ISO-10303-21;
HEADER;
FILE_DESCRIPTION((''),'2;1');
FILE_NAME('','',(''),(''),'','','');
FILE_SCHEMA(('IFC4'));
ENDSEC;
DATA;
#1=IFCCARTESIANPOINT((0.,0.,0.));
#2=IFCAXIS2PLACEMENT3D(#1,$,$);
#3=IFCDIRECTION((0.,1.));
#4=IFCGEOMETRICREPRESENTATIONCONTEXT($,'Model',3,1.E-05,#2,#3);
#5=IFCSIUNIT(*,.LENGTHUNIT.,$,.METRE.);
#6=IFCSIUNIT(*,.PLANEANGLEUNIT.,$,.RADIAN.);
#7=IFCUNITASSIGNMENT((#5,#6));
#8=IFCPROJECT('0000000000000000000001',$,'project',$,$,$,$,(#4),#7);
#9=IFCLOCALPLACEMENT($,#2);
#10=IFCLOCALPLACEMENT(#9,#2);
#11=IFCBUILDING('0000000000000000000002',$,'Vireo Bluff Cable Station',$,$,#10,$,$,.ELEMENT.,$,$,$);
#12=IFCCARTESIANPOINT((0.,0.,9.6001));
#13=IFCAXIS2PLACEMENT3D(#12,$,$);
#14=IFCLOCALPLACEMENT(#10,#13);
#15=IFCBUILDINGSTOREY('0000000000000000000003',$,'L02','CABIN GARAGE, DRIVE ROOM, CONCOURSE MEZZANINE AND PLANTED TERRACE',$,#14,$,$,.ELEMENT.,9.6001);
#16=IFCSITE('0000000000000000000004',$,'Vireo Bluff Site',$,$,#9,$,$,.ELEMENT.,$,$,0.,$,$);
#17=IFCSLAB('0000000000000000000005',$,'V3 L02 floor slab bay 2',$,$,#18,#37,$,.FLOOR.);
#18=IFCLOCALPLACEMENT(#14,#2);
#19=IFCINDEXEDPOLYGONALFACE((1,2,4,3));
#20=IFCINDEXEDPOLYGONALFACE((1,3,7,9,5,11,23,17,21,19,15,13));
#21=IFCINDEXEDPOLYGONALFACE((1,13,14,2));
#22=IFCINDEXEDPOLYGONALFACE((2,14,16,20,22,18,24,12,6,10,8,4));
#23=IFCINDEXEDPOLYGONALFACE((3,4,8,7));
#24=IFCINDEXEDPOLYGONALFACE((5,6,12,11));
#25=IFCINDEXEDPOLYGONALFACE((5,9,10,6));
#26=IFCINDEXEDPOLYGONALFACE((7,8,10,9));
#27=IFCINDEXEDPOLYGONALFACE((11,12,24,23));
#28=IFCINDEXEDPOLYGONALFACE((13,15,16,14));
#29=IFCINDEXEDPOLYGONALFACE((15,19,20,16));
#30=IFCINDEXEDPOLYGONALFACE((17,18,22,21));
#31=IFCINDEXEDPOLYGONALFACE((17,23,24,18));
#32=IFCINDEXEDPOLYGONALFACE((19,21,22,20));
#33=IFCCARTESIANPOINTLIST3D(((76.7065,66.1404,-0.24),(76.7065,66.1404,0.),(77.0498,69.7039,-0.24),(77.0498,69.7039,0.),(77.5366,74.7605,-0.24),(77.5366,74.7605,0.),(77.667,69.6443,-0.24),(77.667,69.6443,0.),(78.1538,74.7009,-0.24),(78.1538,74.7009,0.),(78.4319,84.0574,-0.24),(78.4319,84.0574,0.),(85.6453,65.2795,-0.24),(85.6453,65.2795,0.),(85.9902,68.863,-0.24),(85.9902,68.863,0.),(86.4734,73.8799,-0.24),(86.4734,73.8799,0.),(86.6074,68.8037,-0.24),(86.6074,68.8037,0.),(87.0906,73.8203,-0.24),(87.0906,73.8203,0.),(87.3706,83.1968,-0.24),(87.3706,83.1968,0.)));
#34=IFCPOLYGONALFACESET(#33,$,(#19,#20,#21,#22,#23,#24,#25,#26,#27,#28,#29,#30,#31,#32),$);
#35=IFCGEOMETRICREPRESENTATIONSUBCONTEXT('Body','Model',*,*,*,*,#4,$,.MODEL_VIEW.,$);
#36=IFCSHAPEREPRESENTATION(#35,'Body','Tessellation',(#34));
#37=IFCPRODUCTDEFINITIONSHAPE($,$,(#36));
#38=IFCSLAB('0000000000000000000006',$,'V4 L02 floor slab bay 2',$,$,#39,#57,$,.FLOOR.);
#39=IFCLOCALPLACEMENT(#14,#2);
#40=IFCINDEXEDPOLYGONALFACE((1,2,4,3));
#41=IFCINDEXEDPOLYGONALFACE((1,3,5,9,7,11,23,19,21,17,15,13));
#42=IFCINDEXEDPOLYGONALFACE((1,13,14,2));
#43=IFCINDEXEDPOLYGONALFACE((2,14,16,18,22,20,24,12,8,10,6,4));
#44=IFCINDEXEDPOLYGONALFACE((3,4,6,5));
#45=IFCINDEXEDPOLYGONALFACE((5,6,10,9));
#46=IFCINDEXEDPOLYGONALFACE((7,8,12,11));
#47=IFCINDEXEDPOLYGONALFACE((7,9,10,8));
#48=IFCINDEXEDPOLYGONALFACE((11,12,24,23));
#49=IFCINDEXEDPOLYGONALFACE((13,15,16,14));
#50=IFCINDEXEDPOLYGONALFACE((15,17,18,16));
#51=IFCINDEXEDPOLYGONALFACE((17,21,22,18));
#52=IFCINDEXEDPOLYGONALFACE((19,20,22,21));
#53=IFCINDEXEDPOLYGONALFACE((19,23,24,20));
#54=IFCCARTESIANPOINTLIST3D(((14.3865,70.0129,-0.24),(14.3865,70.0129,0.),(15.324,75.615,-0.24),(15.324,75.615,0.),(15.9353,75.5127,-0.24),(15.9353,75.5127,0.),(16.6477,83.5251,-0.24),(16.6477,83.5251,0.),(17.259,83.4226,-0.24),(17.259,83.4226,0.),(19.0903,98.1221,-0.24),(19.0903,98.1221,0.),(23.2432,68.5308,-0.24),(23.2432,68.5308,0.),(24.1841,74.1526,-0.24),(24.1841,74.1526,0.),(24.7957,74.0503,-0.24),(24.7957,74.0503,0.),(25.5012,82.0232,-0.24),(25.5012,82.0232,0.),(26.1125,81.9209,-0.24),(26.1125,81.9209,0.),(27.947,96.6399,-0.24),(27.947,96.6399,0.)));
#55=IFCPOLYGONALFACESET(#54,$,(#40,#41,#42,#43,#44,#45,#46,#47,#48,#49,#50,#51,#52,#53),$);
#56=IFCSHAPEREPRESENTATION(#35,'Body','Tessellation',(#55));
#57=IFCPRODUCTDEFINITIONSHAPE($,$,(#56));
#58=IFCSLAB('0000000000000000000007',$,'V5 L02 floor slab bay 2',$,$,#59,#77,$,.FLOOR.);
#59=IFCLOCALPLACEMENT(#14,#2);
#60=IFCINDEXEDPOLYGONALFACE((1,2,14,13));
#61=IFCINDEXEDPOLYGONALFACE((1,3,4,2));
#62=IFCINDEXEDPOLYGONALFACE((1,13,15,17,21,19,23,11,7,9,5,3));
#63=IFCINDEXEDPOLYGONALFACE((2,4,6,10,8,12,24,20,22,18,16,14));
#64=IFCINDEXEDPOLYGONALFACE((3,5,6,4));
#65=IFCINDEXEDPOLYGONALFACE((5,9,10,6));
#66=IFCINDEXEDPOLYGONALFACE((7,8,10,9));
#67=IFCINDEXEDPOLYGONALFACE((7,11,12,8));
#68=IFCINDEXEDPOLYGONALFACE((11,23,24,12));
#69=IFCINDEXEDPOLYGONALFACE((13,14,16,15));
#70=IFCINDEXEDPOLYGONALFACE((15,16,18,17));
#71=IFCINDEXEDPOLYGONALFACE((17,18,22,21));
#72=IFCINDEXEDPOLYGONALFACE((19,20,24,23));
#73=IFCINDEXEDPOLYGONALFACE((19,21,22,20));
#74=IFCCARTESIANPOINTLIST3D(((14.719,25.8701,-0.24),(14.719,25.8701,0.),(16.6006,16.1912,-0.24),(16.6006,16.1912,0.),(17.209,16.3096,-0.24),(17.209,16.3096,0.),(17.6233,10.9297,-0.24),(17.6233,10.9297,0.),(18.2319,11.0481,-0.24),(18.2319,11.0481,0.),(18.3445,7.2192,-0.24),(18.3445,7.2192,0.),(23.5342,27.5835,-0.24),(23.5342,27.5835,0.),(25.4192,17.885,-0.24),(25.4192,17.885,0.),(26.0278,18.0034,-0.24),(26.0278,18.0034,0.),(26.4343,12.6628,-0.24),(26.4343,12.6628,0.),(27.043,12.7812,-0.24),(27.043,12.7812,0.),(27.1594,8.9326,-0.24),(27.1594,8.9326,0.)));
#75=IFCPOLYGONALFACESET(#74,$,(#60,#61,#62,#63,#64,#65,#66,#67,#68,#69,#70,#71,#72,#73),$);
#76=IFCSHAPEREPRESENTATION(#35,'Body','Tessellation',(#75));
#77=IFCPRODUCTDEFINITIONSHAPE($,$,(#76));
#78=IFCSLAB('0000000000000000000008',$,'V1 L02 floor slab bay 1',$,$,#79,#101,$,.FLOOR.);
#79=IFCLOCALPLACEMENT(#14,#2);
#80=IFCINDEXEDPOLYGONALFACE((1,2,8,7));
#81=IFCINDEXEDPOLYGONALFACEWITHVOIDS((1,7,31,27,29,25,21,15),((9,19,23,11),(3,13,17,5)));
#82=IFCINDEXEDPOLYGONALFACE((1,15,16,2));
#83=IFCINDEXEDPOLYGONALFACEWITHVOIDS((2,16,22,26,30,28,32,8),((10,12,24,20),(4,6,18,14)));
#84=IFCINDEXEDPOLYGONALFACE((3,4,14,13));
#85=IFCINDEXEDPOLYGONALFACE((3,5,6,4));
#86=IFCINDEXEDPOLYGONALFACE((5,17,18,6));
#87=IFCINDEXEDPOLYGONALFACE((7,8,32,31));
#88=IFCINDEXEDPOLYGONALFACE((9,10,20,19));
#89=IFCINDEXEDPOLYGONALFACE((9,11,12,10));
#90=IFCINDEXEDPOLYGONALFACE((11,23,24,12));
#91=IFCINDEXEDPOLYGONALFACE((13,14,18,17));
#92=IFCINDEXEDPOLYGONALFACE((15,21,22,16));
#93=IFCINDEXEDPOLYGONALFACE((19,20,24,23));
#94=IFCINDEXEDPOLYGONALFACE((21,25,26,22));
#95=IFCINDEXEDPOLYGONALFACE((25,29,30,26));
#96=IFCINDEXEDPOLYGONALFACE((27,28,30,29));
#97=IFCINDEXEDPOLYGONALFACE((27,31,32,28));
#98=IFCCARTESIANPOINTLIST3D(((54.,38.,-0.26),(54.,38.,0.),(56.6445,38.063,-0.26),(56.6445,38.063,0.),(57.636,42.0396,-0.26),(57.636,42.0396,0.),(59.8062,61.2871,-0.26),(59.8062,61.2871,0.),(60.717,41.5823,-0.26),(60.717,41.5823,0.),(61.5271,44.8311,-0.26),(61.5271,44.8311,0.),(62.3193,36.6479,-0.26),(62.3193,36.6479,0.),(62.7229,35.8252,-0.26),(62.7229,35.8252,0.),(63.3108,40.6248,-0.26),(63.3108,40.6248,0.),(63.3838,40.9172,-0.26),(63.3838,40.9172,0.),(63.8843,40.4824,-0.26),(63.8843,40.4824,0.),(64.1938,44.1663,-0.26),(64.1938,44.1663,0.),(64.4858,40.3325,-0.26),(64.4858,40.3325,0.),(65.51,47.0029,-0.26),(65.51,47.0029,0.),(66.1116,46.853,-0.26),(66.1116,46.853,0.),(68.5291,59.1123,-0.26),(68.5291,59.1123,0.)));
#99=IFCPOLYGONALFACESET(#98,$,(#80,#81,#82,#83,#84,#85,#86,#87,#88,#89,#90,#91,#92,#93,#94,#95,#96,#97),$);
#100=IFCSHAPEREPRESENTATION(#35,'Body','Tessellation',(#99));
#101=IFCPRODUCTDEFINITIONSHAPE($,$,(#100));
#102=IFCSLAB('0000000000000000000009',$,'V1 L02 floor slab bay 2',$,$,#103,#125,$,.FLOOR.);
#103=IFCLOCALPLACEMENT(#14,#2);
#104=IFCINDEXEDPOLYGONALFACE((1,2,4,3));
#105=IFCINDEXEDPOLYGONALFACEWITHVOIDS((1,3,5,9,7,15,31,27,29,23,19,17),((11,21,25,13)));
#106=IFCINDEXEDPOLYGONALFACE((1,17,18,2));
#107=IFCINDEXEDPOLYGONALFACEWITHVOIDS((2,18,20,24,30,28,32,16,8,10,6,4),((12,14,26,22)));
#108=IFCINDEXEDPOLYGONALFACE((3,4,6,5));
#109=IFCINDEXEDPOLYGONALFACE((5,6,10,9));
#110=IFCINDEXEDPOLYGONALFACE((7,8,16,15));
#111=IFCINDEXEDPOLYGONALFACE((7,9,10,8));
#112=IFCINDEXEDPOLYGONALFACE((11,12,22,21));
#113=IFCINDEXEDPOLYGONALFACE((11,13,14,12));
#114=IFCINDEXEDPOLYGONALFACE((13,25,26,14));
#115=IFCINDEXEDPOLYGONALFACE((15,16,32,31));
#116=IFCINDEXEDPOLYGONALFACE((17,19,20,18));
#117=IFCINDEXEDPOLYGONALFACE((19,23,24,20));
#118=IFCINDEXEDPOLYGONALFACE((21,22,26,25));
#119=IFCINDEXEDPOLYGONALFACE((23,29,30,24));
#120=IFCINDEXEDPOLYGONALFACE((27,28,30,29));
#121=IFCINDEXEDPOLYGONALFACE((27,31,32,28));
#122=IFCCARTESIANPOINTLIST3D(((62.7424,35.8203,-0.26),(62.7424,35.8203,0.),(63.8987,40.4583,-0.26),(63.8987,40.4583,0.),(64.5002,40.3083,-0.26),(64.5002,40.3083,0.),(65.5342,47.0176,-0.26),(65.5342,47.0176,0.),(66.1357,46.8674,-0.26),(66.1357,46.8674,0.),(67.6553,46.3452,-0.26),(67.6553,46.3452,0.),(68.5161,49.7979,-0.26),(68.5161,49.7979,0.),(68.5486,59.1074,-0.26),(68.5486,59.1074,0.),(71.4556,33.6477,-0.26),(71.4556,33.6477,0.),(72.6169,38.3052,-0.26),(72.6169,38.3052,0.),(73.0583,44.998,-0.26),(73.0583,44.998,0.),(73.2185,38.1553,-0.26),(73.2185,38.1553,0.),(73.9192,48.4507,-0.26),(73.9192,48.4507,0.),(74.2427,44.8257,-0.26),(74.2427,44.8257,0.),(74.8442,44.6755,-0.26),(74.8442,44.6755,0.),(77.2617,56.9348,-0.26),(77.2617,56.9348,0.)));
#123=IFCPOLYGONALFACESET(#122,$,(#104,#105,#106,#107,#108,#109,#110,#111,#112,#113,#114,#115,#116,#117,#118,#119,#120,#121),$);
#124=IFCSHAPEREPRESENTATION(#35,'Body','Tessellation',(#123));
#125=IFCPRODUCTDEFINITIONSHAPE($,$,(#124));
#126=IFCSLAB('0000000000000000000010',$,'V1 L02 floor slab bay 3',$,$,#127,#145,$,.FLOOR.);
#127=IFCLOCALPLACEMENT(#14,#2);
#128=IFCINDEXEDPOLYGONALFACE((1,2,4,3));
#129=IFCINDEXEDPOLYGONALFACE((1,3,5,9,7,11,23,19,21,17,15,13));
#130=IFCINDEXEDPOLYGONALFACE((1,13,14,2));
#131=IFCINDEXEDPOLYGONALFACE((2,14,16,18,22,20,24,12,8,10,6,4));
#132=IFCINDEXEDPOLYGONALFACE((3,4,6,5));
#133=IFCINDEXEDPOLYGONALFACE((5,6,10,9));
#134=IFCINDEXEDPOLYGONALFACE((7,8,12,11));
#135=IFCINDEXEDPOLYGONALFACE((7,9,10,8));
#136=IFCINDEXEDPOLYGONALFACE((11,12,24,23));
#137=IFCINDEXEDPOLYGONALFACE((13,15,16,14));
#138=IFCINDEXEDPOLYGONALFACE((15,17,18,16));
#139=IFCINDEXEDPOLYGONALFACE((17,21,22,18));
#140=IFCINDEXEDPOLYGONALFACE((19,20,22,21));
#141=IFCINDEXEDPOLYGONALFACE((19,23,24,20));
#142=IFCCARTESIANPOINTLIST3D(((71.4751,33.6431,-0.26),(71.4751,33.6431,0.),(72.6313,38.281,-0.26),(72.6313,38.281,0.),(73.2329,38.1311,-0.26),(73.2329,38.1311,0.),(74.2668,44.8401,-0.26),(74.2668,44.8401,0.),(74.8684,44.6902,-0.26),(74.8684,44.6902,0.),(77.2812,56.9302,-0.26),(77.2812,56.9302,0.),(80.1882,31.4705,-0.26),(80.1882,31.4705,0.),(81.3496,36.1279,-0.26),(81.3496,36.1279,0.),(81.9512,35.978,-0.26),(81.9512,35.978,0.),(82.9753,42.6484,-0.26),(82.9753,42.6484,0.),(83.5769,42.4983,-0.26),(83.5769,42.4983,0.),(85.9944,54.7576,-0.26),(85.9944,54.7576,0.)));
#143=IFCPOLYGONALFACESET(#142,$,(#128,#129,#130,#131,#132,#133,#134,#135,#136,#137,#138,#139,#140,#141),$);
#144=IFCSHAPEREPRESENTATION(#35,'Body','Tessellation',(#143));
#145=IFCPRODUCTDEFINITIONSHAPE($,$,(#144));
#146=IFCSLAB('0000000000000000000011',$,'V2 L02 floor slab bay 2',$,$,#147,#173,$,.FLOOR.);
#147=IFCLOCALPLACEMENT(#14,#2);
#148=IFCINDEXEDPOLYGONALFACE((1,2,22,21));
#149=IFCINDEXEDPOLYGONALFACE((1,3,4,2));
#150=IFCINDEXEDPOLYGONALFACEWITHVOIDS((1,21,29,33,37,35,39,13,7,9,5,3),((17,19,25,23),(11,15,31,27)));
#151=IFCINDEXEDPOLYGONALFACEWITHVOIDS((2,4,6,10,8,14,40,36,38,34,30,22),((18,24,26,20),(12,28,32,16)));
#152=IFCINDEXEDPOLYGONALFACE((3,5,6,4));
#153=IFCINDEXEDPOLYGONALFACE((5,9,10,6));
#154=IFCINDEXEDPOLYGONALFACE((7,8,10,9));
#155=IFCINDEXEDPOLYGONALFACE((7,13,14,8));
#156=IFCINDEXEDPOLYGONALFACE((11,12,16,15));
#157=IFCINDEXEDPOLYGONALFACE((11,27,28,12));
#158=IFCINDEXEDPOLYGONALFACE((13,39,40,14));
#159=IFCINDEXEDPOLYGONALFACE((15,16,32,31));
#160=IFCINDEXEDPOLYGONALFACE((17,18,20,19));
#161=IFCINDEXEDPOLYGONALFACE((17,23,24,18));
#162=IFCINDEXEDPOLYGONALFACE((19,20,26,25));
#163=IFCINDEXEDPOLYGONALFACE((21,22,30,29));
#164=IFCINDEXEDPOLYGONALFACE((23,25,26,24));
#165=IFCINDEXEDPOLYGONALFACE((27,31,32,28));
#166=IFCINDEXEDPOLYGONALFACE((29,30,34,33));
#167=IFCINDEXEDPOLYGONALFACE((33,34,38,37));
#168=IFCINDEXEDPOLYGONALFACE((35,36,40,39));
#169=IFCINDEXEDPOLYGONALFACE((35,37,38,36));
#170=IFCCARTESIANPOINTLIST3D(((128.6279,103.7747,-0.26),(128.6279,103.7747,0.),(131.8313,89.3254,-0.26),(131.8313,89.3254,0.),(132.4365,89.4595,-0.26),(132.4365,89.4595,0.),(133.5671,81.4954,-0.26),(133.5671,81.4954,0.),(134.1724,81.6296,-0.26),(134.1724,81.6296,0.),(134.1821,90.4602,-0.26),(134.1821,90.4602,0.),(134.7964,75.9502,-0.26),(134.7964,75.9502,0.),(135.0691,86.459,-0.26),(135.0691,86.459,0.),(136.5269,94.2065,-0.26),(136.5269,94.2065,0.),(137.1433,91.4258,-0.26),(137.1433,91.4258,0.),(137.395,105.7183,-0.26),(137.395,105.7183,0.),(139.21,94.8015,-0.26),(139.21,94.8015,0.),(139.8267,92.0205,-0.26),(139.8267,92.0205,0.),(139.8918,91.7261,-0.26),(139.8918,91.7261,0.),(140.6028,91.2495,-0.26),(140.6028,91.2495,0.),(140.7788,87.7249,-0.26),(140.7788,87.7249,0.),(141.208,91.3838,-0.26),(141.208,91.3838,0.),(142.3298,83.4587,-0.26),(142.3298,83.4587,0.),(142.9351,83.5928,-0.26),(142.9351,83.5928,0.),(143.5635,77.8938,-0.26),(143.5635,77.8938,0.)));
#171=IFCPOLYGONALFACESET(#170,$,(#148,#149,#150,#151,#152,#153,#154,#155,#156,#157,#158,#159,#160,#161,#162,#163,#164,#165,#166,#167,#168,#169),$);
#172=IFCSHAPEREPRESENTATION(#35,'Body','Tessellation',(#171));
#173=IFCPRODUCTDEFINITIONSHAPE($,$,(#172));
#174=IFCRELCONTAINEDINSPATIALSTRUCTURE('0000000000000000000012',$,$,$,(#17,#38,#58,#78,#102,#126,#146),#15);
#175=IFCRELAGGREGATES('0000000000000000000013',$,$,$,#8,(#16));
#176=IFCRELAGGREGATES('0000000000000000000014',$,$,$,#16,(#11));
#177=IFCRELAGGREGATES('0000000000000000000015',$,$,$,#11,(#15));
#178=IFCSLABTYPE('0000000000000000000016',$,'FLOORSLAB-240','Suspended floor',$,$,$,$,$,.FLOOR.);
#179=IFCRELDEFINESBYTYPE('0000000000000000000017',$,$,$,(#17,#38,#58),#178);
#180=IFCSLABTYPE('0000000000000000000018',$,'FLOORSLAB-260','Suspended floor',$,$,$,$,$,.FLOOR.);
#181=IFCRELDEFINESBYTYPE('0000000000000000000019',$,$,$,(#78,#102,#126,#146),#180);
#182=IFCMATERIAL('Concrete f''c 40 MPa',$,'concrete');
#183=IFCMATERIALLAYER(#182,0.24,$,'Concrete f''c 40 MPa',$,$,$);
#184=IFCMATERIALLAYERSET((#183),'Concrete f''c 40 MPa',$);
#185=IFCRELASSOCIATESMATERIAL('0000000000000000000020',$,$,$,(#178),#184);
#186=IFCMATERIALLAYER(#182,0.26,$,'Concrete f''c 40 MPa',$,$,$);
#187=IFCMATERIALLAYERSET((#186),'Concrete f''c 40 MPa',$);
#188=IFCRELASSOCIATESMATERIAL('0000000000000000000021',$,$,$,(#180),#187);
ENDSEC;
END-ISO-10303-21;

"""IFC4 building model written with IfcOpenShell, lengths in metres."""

from ifc_helpers import new_model, si_unit, direction, frame, origin, place, context, subcontext, project, spatial, polyline, outline, extrude, material, layer, layer_set, type_object, element, save


model = new_model("IFC4")

# Units and contexts
model_context = context("Model", 3, precision=1e-05, world=origin(), true_north=direction((0.0, 1.0)))
body_context = subcontext(model_context, "Body", "Model", "MODEL_VIEW")
ifc_project = project(units=[si_unit("LENGTHUNIT", "METRE"), si_unit("PLANEANGLEUNIT", "RADIAN")], contexts=[model_context])

# Site, building, storey
site_placement = place(None, origin())
site = spatial("IfcSite", under=ifc_project, at=site_placement, Name="Vireo Bluff Site", CompositionType="ELEMENT", RefElevation=0.0)
building_placement = place(site_placement, origin())
building = spatial("IfcBuilding", under=site, at=building_placement, Name="Vireo Bluff Cable Station", CompositionType="ELEMENT")
storey_placement = place(building_placement, frame((0.0, 0.0, 9.6001)))
storey = spatial("IfcBuildingStorey", under=building, at=storey_placement, Name="L02", Description="CABIN GARAGE, DRIVE ROOM, CONCOURSE MEZZANINE AND PLANTED TERRACE", CompositionType="ELEMENT", Elevation=9.6001)

# Slabs
ifc_material_1 = material(Name="Concrete f'c 40 MPa", Category="concrete")
ifc_layer_1 = layer(ifc_material_1, 0.24, Name="Concrete f'c 40 MPa")
ifc_layer_set_1 = layer_set([ifc_layer_1], Name="Concrete f'c 40 MPa")
slab_type_1 = type_object("IfcSlabType", Name="FLOORSLAB-240", Description="Suspended floor", PredefinedType="FLOOR", material=ifc_layer_set_1)
slab_1_placement = place(storey_placement, frame((0.0, 0.0, -0.24)))
element("IfcSlab", 1, at=slab_1_placement, inside=storey, type_object=slab_type_1, Name="V3 L02 floor slab bay 2", PredefinedType="FLOOR", context=body_context, shape_type="SweptSolid", body=[
    extrude(outline(polyline([(76.7065, 66.1404), (85.6453, 65.2795), (85.9902, 68.863), (86.6074, 68.8037), (87.0906, 73.8203), (86.4734, 73.8799), (87.3706, 83.1968), (78.4319, 84.0574), (77.5366, 74.7605), (78.1538, 74.7009), (77.667, 69.6443), (77.0498, 69.7039), (76.7065, 66.1404)])), origin(), (0.0, 0.0, 1.0), 0.24),
])
slab_2_placement = place(storey_placement, frame((0.0, 0.0, -0.24)))
element("IfcSlab", 2, at=slab_2_placement, inside=storey, type_object=slab_type_1, Name="V4 L02 floor slab bay 2", PredefinedType="FLOOR", context=body_context, shape_type="SweptSolid", body=[
    extrude(outline(polyline([(14.3865, 70.0129), (23.2432, 68.5308), (24.1841, 74.1526), (24.7957, 74.0503), (26.1125, 81.9209), (25.5012, 82.0232), (27.947, 96.6399), (19.0903, 98.1221), (16.6477, 83.5251), (17.259, 83.4226), (15.9353, 75.5127), (15.324, 75.615), (14.3865, 70.0129)])), origin(), (0.0, 0.0, 1.0), 0.24),
])
slab_3_placement = place(storey_placement, frame((0.0, 0.0, -0.24)))
element("IfcSlab", 3, at=slab_3_placement, inside=storey, type_object=slab_type_1, Name="V5 L02 floor slab bay 2", PredefinedType="FLOOR", context=body_context, shape_type="SweptSolid", body=[
    extrude(outline(polyline([(18.3445, 7.2192), (27.1594, 8.9326), (26.4343, 12.6628), (27.043, 12.7812), (26.0278, 18.0034), (25.4192, 17.885), (23.5342, 27.5835), (14.719, 25.8701), (16.6006, 16.1912), (17.209, 16.3096), (18.2319, 11.0481), (17.6233, 10.9297), (18.3445, 7.2192)])), origin(), (0.0, 0.0, 1.0), 0.24),
])
ifc_layer_2 = layer(ifc_material_1, 0.26, Name="Concrete f'c 40 MPa")
ifc_layer_set_2 = layer_set([ifc_layer_2], Name="Concrete f'c 40 MPa")
slab_type_2 = type_object("IfcSlabType", Name="FLOORSLAB-260", Description="Suspended floor", PredefinedType="FLOOR", material=ifc_layer_set_2)
slab_4_placement = place(storey_placement, frame((0.0, 0.0, -0.26)))
element("IfcSlab", 4, at=slab_4_placement, inside=storey, type_object=slab_type_2, Name="V1 L02 floor slab bay 1", PredefinedType="FLOOR", context=body_context, shape_type="SweptSolid", body=[
    extrude(outline(polyline([(54.0, 38.0), (62.7229, 35.8252), (63.8843, 40.4824), (64.4858, 40.3325), (66.1116, 46.853), (65.51, 47.0029), (68.5291, 59.1123), (59.8062, 61.2871), (54.0, 38.0)]), holes=[polyline([(56.6445, 38.063), (57.636, 42.0396), (63.3108, 40.6248), (62.3193, 36.6479), (56.6445, 38.063)]), polyline([(60.717, 41.5823), (61.5271, 44.8311), (64.1938, 44.1663), (63.3838, 40.9172), (60.717, 41.5823)])]), origin(), (0.0, 0.0, 1.0), 0.26),
])
slab_5_placement = place(storey_placement, frame((0.0, 0.0, -0.26)))
element("IfcSlab", 5, at=slab_5_placement, inside=storey, type_object=slab_type_2, Name="V1 L02 floor slab bay 2", PredefinedType="FLOOR", context=body_context, shape_type="SweptSolid", body=[
    extrude(outline(polyline([(62.7424, 35.8203), (71.4556, 33.6477), (72.6169, 38.3052), (73.2185, 38.1553), (74.8442, 44.6755), (74.2427, 44.8257), (77.2617, 56.9348), (68.5486, 59.1074), (65.5342, 47.0176), (66.1357, 46.8674), (64.5002, 40.3083), (63.8987, 40.4583), (62.7424, 35.8203)]), holes=[polyline([(67.6553, 46.3452), (68.5161, 49.7979), (73.9192, 48.4507), (73.0583, 44.998), (67.6553, 46.3452)])]), origin(), (0.0, 0.0, 1.0), 0.26),
])
slab_6_placement = place(storey_placement, frame((0.0, 0.0, -0.26)))
element("IfcSlab", 6, at=slab_6_placement, inside=storey, type_object=slab_type_2, Name="V1 L02 floor slab bay 3", PredefinedType="FLOOR", context=body_context, shape_type="SweptSolid", body=[
    extrude(outline(polyline([(71.4751, 33.6431), (80.1882, 31.4705), (81.3496, 36.1279), (81.9512, 35.978), (83.5769, 42.4983), (82.9753, 42.6484), (85.9944, 54.7576), (77.2812, 56.9302), (74.2668, 44.8401), (74.8684, 44.6902), (73.2329, 38.1311), (72.6313, 38.281), (71.4751, 33.6431)])), origin(), (0.0, 0.0, 1.0), 0.26),
])
slab_7_placement = place(storey_placement, frame((0.0, 0.0, -0.26)))
element("IfcSlab", 7, at=slab_7_placement, inside=storey, type_object=slab_type_2, Name="V2 L02 floor slab bay 2", PredefinedType="FLOOR", context=body_context, shape_type="SweptSolid", body=[
    extrude(outline(polyline([(134.7964, 75.9502), (143.5635, 77.8938), (142.3298, 83.4587), (142.9351, 83.5928), (141.208, 91.3838), (140.6028, 91.2495), (137.395, 105.7183), (128.6279, 103.7747), (131.8313, 89.3254), (132.4365, 89.4595), (134.1724, 81.6296), (133.5671, 81.4954), (134.7964, 75.9502)]), holes=[polyline([(135.0691, 86.459), (134.1821, 90.4602), (139.8918, 91.7261), (140.7788, 87.7249), (135.0691, 86.459)]), polyline([(137.1433, 91.4258), (136.5269, 94.2065), (139.21, 94.8015), (139.8267, 92.0205), (137.1433, 91.4258)])]), origin(), (0.0, 0.0, 1.0), 0.26),
])

save(model, "model.ifc")
